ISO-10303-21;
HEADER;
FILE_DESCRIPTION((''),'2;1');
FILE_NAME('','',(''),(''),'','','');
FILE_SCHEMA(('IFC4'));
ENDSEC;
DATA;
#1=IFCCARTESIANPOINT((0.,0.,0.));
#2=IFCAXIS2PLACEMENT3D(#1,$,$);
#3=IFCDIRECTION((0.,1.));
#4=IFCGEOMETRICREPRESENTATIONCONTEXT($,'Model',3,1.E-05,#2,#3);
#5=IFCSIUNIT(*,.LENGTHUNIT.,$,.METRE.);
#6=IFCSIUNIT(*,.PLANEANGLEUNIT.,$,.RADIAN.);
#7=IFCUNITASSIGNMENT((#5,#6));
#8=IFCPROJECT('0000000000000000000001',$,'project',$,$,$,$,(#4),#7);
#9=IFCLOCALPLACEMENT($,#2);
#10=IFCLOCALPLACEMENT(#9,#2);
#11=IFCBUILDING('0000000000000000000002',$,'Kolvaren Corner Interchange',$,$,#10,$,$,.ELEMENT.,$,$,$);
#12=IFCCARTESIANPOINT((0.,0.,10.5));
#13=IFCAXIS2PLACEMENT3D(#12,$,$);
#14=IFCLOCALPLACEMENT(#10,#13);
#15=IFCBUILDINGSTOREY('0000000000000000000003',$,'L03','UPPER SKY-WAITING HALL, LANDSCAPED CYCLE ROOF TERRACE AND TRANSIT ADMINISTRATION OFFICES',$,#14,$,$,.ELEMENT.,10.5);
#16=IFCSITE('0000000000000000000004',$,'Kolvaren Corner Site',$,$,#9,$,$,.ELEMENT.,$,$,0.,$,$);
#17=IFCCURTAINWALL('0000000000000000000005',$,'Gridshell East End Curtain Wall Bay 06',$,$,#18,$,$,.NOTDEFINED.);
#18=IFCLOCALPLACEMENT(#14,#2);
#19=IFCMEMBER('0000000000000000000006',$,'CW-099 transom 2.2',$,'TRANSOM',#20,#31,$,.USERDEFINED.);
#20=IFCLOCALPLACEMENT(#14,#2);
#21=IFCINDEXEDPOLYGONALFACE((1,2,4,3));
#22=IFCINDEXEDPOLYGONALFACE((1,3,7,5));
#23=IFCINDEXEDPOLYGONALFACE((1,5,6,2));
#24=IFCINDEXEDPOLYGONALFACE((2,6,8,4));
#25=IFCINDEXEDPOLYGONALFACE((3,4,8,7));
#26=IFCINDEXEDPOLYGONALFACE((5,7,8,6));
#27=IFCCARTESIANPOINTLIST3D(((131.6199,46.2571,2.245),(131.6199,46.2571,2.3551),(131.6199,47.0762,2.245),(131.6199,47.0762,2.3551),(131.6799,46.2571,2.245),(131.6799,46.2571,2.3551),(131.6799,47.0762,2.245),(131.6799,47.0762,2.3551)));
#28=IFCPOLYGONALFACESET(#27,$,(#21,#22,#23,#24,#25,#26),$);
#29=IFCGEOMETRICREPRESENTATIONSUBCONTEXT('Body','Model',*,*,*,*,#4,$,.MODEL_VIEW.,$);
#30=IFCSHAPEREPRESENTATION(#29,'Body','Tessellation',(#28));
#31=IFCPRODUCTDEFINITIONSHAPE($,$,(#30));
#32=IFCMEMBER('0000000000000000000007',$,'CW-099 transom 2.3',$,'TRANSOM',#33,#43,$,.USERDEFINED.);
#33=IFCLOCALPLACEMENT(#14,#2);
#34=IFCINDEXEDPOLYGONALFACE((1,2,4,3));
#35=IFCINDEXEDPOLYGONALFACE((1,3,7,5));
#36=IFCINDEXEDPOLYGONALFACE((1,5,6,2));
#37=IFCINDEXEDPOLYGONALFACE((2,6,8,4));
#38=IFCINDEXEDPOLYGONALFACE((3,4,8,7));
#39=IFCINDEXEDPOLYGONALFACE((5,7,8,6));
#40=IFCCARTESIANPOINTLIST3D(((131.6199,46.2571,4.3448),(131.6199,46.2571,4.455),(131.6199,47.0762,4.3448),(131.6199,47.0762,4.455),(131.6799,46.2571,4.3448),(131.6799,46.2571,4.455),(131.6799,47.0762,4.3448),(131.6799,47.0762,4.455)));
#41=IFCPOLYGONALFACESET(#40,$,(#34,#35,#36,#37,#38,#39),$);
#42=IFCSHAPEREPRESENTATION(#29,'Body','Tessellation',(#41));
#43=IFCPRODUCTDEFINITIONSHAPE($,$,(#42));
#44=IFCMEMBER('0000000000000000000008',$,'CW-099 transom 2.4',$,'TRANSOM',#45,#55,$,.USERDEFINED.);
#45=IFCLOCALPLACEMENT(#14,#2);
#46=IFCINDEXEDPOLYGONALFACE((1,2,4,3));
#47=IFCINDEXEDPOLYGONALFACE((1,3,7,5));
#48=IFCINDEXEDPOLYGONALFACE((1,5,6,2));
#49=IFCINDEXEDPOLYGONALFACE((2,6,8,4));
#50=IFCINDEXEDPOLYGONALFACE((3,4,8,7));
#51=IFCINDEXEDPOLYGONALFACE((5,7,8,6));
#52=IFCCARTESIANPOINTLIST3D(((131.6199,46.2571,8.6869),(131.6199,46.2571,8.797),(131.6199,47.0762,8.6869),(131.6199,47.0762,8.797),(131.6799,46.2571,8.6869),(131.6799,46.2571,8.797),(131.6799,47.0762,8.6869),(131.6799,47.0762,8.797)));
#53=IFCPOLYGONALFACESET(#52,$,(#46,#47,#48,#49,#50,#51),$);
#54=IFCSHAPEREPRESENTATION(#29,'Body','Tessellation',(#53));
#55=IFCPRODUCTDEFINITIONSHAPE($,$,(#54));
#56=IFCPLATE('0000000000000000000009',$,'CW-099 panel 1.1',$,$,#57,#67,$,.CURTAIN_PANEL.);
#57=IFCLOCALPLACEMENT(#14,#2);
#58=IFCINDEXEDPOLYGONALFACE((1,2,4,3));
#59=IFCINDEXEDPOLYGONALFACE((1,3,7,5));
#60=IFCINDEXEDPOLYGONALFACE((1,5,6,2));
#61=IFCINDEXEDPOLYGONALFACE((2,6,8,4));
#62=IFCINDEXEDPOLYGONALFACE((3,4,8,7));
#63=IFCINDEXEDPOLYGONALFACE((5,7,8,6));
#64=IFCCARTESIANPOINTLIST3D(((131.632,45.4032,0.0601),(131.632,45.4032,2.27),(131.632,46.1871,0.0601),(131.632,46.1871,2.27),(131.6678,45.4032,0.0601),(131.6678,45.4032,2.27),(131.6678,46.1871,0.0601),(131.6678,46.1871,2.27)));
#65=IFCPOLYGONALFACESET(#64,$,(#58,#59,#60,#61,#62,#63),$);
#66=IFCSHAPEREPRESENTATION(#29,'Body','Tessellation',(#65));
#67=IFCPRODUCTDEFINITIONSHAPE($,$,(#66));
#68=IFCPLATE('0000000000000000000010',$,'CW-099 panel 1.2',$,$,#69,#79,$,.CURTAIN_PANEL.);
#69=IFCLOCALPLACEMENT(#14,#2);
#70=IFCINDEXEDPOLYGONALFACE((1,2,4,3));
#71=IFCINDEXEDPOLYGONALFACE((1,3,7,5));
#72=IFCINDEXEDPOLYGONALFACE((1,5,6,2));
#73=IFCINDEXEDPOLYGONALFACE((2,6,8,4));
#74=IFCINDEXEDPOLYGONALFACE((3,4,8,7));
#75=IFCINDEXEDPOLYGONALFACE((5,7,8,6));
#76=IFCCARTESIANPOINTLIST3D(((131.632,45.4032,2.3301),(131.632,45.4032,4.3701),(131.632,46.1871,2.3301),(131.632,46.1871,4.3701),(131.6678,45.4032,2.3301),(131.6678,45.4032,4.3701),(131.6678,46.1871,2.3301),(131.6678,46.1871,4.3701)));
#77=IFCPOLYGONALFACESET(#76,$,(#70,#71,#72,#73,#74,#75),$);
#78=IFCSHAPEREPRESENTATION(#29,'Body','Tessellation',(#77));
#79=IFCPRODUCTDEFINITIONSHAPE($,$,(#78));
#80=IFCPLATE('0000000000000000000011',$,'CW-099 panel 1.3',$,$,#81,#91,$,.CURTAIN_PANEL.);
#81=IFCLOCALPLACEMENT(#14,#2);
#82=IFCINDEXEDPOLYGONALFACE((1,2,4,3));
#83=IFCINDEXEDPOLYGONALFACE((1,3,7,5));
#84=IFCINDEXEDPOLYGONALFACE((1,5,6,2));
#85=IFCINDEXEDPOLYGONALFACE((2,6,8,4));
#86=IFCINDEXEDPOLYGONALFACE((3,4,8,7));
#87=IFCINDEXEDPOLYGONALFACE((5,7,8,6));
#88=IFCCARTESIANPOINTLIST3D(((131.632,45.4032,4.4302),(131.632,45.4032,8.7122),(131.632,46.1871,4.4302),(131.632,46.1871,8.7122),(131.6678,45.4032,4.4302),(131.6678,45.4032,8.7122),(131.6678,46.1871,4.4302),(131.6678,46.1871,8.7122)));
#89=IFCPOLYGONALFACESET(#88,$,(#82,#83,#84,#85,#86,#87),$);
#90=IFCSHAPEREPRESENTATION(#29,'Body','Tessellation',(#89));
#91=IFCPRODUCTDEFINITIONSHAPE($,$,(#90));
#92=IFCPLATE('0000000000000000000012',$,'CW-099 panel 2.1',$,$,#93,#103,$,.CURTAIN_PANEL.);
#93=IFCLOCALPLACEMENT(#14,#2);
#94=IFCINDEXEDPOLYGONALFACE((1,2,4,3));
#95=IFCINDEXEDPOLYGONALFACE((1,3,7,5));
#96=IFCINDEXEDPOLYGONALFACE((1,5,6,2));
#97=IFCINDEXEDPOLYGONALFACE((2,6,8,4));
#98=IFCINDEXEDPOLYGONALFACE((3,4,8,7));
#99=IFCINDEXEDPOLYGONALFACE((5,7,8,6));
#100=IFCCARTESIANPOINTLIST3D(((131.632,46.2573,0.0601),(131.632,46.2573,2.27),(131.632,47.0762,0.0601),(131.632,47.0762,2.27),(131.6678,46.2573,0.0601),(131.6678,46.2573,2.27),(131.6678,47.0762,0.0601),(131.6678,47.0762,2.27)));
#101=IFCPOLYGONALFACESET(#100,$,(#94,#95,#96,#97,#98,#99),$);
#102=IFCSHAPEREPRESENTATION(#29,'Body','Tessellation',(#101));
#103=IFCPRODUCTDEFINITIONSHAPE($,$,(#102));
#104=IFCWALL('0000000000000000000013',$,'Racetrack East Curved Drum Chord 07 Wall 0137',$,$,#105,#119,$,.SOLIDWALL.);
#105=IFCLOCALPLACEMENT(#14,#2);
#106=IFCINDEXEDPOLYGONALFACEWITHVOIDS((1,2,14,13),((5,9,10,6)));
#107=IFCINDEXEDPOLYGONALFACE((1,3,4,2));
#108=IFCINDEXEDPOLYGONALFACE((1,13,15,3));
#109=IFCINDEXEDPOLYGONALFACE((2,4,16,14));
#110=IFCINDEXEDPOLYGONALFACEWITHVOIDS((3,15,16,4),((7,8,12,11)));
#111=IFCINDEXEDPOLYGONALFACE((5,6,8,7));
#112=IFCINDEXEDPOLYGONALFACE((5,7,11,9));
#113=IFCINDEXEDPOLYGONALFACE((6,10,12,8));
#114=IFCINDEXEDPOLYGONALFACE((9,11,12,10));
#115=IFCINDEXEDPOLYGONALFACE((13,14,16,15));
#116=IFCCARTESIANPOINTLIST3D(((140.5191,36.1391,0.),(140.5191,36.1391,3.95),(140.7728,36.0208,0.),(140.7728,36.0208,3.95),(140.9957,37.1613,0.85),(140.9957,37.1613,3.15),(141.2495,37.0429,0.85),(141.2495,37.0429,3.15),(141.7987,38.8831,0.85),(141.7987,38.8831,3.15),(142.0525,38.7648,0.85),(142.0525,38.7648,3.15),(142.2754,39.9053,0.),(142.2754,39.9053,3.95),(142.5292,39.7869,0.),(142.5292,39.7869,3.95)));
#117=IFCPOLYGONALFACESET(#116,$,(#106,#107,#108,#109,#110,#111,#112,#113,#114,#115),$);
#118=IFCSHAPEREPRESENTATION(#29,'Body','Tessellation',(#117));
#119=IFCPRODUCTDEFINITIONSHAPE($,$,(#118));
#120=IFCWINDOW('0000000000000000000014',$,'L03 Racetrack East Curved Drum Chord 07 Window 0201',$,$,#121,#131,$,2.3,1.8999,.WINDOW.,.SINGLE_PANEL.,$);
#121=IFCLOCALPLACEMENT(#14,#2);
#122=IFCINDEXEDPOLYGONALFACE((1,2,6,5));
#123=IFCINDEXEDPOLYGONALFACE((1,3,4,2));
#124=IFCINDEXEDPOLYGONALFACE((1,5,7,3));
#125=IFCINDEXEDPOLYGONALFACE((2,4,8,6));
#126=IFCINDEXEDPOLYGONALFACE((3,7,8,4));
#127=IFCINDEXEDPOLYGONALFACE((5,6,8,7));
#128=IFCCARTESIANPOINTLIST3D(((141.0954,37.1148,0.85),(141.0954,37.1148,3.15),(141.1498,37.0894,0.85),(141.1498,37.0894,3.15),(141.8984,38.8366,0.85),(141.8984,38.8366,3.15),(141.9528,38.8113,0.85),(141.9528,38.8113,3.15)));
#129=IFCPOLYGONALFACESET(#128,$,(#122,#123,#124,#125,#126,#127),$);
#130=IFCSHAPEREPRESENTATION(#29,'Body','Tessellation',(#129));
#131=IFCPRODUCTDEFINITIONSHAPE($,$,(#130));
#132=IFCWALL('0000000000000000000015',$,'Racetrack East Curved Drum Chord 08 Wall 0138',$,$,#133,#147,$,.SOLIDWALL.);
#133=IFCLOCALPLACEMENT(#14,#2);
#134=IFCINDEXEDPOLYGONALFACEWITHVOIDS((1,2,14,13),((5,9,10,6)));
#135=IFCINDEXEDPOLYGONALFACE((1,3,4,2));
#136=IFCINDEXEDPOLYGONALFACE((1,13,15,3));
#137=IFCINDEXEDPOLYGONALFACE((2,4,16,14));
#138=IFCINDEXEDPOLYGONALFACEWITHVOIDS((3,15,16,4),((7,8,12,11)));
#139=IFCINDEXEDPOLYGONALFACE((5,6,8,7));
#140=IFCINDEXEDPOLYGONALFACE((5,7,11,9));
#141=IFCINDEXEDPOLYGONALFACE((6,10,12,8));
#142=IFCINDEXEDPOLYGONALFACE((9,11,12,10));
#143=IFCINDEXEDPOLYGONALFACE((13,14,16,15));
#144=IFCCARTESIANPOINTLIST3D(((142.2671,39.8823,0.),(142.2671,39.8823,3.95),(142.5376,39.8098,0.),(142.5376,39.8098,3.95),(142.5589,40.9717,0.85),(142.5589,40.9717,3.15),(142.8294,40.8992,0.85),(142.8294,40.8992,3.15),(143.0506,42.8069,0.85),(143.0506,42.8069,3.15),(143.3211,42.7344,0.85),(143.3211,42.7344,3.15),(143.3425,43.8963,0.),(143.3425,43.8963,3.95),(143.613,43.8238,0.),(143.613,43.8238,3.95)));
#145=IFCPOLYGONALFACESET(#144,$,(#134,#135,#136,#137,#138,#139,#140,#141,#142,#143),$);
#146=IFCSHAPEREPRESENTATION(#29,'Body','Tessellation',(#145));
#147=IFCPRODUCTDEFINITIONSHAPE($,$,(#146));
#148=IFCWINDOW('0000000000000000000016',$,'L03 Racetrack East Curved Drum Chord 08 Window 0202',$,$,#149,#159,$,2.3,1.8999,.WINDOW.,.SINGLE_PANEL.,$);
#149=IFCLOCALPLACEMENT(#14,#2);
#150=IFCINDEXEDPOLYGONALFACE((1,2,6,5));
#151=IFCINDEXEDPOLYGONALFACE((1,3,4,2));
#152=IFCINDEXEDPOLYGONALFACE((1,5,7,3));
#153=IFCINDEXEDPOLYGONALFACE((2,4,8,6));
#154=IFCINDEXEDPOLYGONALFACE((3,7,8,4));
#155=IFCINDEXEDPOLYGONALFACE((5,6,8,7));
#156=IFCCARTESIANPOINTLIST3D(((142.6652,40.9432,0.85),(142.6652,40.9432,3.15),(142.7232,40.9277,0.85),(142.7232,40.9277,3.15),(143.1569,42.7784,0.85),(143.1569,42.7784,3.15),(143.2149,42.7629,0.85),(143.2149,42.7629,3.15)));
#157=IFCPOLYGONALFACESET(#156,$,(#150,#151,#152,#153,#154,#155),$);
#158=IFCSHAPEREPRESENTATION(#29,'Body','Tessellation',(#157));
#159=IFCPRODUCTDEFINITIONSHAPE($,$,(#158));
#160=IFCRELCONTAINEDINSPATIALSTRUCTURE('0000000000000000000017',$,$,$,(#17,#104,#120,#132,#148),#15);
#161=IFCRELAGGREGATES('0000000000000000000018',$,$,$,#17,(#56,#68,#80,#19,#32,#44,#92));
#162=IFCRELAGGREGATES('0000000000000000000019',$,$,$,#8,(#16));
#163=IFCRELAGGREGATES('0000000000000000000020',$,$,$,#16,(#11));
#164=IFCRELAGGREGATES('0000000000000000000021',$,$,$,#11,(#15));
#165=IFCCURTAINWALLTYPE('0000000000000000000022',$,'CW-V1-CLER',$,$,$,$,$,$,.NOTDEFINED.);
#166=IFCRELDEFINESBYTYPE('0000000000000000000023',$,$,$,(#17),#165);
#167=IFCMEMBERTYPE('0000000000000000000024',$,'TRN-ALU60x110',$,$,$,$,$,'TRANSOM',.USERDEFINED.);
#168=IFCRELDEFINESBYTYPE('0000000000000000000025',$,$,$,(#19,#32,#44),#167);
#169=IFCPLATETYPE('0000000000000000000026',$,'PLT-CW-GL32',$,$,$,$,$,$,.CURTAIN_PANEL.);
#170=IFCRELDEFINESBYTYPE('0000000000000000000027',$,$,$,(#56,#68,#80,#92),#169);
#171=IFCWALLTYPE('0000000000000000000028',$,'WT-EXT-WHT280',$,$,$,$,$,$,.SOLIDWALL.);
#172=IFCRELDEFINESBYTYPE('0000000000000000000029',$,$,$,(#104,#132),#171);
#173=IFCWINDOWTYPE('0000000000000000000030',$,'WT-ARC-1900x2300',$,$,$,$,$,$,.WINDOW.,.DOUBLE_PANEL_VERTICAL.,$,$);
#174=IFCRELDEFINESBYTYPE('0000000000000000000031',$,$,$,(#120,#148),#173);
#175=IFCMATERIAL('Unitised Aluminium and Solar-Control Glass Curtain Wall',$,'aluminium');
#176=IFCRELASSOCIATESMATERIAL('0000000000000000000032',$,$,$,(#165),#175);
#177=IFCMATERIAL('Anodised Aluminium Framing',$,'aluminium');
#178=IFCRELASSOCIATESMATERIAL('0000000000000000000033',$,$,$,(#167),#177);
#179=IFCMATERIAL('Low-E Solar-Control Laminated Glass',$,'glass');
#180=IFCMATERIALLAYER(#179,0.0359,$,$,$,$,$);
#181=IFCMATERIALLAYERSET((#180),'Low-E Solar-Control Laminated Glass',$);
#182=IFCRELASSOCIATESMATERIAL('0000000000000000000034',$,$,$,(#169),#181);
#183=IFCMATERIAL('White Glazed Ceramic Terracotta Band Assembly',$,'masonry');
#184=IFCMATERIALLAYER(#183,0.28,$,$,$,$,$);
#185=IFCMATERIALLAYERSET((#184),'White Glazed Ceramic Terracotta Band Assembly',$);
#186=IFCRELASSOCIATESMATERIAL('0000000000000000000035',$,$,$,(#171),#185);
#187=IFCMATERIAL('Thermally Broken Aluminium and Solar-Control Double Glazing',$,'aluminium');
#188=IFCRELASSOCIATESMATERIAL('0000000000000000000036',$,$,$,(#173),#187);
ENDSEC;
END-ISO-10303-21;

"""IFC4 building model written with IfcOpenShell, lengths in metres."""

from ifc_helpers import new_model, si_unit, direction, frame, frame_2d, origin, origin_2d, place, context, subcontext, project, spatial, rectangle, extrude, material, layer, layer_set, material_profile, profile_set, type_object, element, fill, aggregate, save


model = new_model("IFC4")

# Units and contexts
model_context = context("Model", 3, precision=1e-05, world=origin(), true_north=direction((0.0, 1.0)))
body_context = subcontext(model_context, "Body", "Model", "MODEL_VIEW")
ifc_project = project(units=[si_unit("LENGTHUNIT", "METRE"), si_unit("PLANEANGLEUNIT", "RADIAN")], contexts=[model_context])

# Site, building, storey
site_placement = place(None, origin())
site = spatial("IfcSite", under=ifc_project, at=site_placement, Name="Kolvaren Corner Site", CompositionType="ELEMENT", RefElevation=0.0)
building_placement = place(site_placement, origin())
building = spatial("IfcBuilding", under=site, at=building_placement, Name="Kolvaren Corner Interchange", CompositionType="ELEMENT")
storey_placement = place(building_placement, frame((0.0, 0.0, 10.5)))
storey = spatial("IfcBuildingStorey", under=building, at=storey_placement, Name="L03", Description="UPPER SKY-WAITING HALL, LANDSCAPED CYCLE ROOF TERRACE AND TRANSIT ADMINISTRATION OFFICES", CompositionType="ELEMENT", Elevation=10.5)

# Curtain wall, members, plates
ifc_material_1 = material(Name="Unitised Aluminium and Solar-Control Glass Curtain Wall", Category="aluminium")
curtain_wall_type = type_object("IfcCurtainWallType", Name="CW-V1-CLER", PredefinedType="NOTDEFINED", material=ifc_material_1)
curtain_wall_placement = place(storey_placement, origin())
curtain_wall = element("IfcCurtainWall", 1, at=curtain_wall_placement, inside=storey, type_object=curtain_wall_type, Name="Gridshell East End Curtain Wall Bay 06", PredefinedType="NOTDEFINED")
ifc_material_2 = material(Name="Anodised Aluminium Framing", Category="aluminium")
ifc_material_profile_1 = material_profile(ifc_material_2, rectangle(XDim=0.0601, YDim=0.1101, at=origin_2d()), Name="ALU 60x110")
ifc_profile_set_1 = profile_set([ifc_material_profile_1], Name="Anodised Aluminium Framing")
member_type_1 = type_object("IfcMemberType", Name="TRN-ALU60x110", ElementType="TRANSOM", PredefinedType="USERDEFINED", material=ifc_profile_set_1)
member_1_placement = place(storey_placement, frame((131.6499, 46.2571, 2.3), z_axis=(0.0, 1.0, 0.0), x_axis=(-1.0, 0.0, 0.0)))
member_1 = element("IfcMember", 2, at=member_1_placement, type_object=member_type_1, Name="CW-099 transom 2.2", ObjectType="TRANSOM", PredefinedType="USERDEFINED", context=body_context, shape_type="SweptSolid", body=[
    extrude(rectangle(XDim=0.0601, YDim=0.1101, at=origin_2d()), origin(), (0.0, 0.0, 1.0), 0.8191),
])
member_2_placement = place(storey_placement, frame((131.6499, 46.2571, 4.3999), z_axis=(0.0, 1.0, 0.0), x_axis=(-1.0, 0.0, 0.0)))
member_2 = element("IfcMember", 3, at=member_2_placement, type_object=member_type_1, Name="CW-099 transom 2.3", ObjectType="TRANSOM", PredefinedType="USERDEFINED", context=body_context, shape_type="SweptSolid", body=[
    extrude(rectangle(XDim=0.0601, YDim=0.1101, at=origin_2d()), origin(), (0.0, 0.0, 1.0), 0.8191),
])
member_3_placement = place(storey_placement, frame((131.6499, 46.2571, 8.7419), z_axis=(0.0, 1.0, 0.0), x_axis=(-1.0, 0.0, 0.0)))
member_3 = element("IfcMember", 4, at=member_3_placement, type_object=member_type_1, Name="CW-099 transom 2.4", ObjectType="TRANSOM", PredefinedType="USERDEFINED", context=body_context, shape_type="SweptSolid", body=[
    extrude(rectangle(XDim=0.0601, YDim=0.1101, at=origin_2d()), origin(), (0.0, 0.0, 1.0), 0.8191),
])
ifc_material_3 = material(Name="Low-E Solar-Control Laminated Glass", Category="glass")
ifc_layer_1 = layer(ifc_material_3, 0.0359)
ifc_layer_set_1 = layer_set([ifc_layer_1], Name="Low-E Solar-Control Laminated Glass")
plate_type = type_object("IfcPlateType", Name="PLT-CW-GL32", PredefinedType="CURTAIN_PANEL", material=ifc_layer_set_1)
plate_1_placement = place(storey_placement, frame((131.6499, 45.7952, 0.0601), z_axis=(0.0, 0.0, 1.0), x_axis=(0.0, 1.0, 0.0)))
plate_1 = element("IfcPlate", 5, at=plate_1_placement, type_object=plate_type, Name="CW-099 panel 1.1", PredefinedType="CURTAIN_PANEL", context=body_context, shape_type="SweptSolid", body=[
    extrude(rectangle(XDim=0.7839, YDim=0.0359, at=origin_2d()), origin(), (0.0, 0.0, 1.0), 2.21),
])
plate_2_placement = place(storey_placement, frame((131.6499, 45.7952, 2.3301), z_axis=(0.0, 0.0, 1.0), x_axis=(0.0, 1.0, 0.0)))
plate_2 = element("IfcPlate", 6, at=plate_2_placement, type_object=plate_type, Name="CW-099 panel 1.2", PredefinedType="CURTAIN_PANEL", context=body_context, shape_type="SweptSolid", body=[
    extrude(rectangle(XDim=0.7839, YDim=0.0359, at=origin_2d()), origin(), (0.0, 0.0, 1.0), 2.04),
])
plate_3_placement = place(storey_placement, frame((131.6499, 45.7952, 4.4302), z_axis=(0.0, 0.0, 1.0), x_axis=(0.0, 1.0, 0.0)))
plate_3 = element("IfcPlate", 7, at=plate_3_placement, type_object=plate_type, Name="CW-099 panel 1.3", PredefinedType="CURTAIN_PANEL", context=body_context, shape_type="SweptSolid", body=[
    extrude(rectangle(XDim=0.7839, YDim=0.0359, at=origin_2d()), origin(), (0.0, 0.0, 1.0), 4.282),
])
plate_4_placement = place(storey_placement, frame((131.6499, 46.6667, 0.0601), z_axis=(0.0, 0.0, 1.0), x_axis=(0.0, 1.0, 0.0)))
plate_4 = element("IfcPlate", 8, at=plate_4_placement, type_object=plate_type, Name="CW-099 panel 2.1", PredefinedType="CURTAIN_PANEL", context=body_context, shape_type="SweptSolid", body=[
    extrude(rectangle(XDim=0.8188, YDim=0.0359, at=origin_2d()), origin(), (0.0, 0.0, 1.0), 2.21),
])
aggregate(curtain_wall, [plate_1, plate_2, plate_3, member_1, member_2, member_3, plate_4])

# Walls, openings, windows
ifc_material_4 = material(Name="White Glazed Ceramic Terracotta Band Assembly", Category="masonry")
ifc_layer_2 = layer(ifc_material_4, 0.28)
ifc_layer_set_2 = layer_set([ifc_layer_2], Name="White Glazed Ceramic Terracotta Band Assembly")
wall_type = type_object("IfcWallType", Name="WT-EXT-WHT280", PredefinedType="SOLIDWALL", material=ifc_layer_set_2)
wall_1_placement = place(storey_placement, frame((140.646, 36.0801, 0.0), z_axis=(0.0, 0.0, 1.0), x_axis=(0.422654, 0.906291, 0.0)))
wall_1 = element("IfcWall", 9, at=wall_1_placement, inside=storey, type_object=wall_type, Name="Racetrack East Curved Drum Chord 07 Wall 0137", PredefinedType="SOLIDWALL", context=body_context, shape_type="SweptSolid", body=[
    extrude(rectangle(XDim=4.1555, YDim=0.28, at=frame_2d((2.0776, 0.0))), origin(), (0.0, 0.0, 1.0), 3.95),
])
opening_1_placement = place(wall_1_placement, frame((1.1277, 0.0, 0.8501)))
opening_1 = element("IfcOpeningElement", 10, at=opening_1_placement, cuts=wall_1, PredefinedType="OPENING", context=body_context, shape_type="SweptSolid", body=[
    extrude(rectangle(XDim=1.8999, YDim=2.3, at=frame_2d((0.95, 1.1499))), frame((0.0, 0.1499, 0.0), z_axis=(0.0, -1.0, 0.0), x_axis=(1.0, 0.0, 0.0)), (0.0, 0.0, 1.0), 0.3),
])
ifc_material_5 = material(Name="Thermally Broken Aluminium and Solar-Control Double Glazing", Category="aluminium")
window_type = type_object("IfcWindowType", Name="WT-ARC-1900x2300", PartitioningType="DOUBLE_PANEL_VERTICAL", PredefinedType="WINDOW", material=ifc_material_5)
window_1_placement = place(opening_1_placement, origin())
window_1 = element("IfcWindow", 11, at=window_1_placement, inside=storey, type_object=window_type, Name="L03 Racetrack East Curved Drum Chord 07 Window 0201", OverallHeight=2.3, OverallWidth=1.8999, PartitioningType="SINGLE_PANEL", PredefinedType="WINDOW", context=body_context, shape_type="SweptSolid", body=[
    extrude(rectangle(XDim=1.8999, YDim=2.3, at=frame_2d((0.95, 1.1499))), frame((0.0, 0.03, 0.0), z_axis=(0.0, -1.0, 0.0), x_axis=(1.0, 0.0, 0.0)), (0.0, 0.0, 1.0), 0.0601),
])
fill(opening_1, window_1)
wall_2_placement = place(storey_placement, frame((142.4023, 39.8462, 0.0), z_axis=(0.0, 0.0, 1.0), x_axis=(0.2588, 0.965931, 0.0)))
wall_2 = element("IfcWall", 12, at=wall_2_placement, inside=storey, type_object=wall_type, Name="Racetrack East Curved Drum Chord 08 Wall 0138", PredefinedType="SOLIDWALL", context=body_context, shape_type="SweptSolid", body=[
    extrude(rectangle(XDim=4.1555, YDim=0.28, at=frame_2d((2.0776, 0.0))), origin(), (0.0, 0.0, 1.0), 3.95),
])
opening_2_placement = place(wall_2_placement, frame((1.1277, 0.0, 0.8501)))
opening_2 = element("IfcOpeningElement", 13, at=opening_2_placement, cuts=wall_2, PredefinedType="OPENING", context=body_context, shape_type="SweptSolid", body=[
    extrude(rectangle(XDim=1.8999, YDim=2.3, at=frame_2d((0.95, 1.1499))), frame((0.0, 0.1499, 0.0), z_axis=(0.0, -1.0, 0.0), x_axis=(1.0, 0.0, 0.0)), (0.0, 0.0, 1.0), 0.3),
])
window_2_placement = place(opening_2_placement, origin())
window_2 = element("IfcWindow", 14, at=window_2_placement, inside=storey, type_object=window_type, Name="L03 Racetrack East Curved Drum Chord 08 Window 0202", OverallHeight=2.3, OverallWidth=1.8999, PartitioningType="SINGLE_PANEL", PredefinedType="WINDOW", context=body_context, shape_type="SweptSolid", body=[
    extrude(rectangle(XDim=1.8999, YDim=2.3, at=frame_2d((0.95, 1.1499))), frame((0.0, 0.03, 0.0), z_axis=(0.0, -1.0, 0.0), x_axis=(1.0, 0.0, 0.0)), (0.0, 0.0, 1.0), 0.0601),
])
fill(opening_2, window_2)

save(model, "model.ifc")
